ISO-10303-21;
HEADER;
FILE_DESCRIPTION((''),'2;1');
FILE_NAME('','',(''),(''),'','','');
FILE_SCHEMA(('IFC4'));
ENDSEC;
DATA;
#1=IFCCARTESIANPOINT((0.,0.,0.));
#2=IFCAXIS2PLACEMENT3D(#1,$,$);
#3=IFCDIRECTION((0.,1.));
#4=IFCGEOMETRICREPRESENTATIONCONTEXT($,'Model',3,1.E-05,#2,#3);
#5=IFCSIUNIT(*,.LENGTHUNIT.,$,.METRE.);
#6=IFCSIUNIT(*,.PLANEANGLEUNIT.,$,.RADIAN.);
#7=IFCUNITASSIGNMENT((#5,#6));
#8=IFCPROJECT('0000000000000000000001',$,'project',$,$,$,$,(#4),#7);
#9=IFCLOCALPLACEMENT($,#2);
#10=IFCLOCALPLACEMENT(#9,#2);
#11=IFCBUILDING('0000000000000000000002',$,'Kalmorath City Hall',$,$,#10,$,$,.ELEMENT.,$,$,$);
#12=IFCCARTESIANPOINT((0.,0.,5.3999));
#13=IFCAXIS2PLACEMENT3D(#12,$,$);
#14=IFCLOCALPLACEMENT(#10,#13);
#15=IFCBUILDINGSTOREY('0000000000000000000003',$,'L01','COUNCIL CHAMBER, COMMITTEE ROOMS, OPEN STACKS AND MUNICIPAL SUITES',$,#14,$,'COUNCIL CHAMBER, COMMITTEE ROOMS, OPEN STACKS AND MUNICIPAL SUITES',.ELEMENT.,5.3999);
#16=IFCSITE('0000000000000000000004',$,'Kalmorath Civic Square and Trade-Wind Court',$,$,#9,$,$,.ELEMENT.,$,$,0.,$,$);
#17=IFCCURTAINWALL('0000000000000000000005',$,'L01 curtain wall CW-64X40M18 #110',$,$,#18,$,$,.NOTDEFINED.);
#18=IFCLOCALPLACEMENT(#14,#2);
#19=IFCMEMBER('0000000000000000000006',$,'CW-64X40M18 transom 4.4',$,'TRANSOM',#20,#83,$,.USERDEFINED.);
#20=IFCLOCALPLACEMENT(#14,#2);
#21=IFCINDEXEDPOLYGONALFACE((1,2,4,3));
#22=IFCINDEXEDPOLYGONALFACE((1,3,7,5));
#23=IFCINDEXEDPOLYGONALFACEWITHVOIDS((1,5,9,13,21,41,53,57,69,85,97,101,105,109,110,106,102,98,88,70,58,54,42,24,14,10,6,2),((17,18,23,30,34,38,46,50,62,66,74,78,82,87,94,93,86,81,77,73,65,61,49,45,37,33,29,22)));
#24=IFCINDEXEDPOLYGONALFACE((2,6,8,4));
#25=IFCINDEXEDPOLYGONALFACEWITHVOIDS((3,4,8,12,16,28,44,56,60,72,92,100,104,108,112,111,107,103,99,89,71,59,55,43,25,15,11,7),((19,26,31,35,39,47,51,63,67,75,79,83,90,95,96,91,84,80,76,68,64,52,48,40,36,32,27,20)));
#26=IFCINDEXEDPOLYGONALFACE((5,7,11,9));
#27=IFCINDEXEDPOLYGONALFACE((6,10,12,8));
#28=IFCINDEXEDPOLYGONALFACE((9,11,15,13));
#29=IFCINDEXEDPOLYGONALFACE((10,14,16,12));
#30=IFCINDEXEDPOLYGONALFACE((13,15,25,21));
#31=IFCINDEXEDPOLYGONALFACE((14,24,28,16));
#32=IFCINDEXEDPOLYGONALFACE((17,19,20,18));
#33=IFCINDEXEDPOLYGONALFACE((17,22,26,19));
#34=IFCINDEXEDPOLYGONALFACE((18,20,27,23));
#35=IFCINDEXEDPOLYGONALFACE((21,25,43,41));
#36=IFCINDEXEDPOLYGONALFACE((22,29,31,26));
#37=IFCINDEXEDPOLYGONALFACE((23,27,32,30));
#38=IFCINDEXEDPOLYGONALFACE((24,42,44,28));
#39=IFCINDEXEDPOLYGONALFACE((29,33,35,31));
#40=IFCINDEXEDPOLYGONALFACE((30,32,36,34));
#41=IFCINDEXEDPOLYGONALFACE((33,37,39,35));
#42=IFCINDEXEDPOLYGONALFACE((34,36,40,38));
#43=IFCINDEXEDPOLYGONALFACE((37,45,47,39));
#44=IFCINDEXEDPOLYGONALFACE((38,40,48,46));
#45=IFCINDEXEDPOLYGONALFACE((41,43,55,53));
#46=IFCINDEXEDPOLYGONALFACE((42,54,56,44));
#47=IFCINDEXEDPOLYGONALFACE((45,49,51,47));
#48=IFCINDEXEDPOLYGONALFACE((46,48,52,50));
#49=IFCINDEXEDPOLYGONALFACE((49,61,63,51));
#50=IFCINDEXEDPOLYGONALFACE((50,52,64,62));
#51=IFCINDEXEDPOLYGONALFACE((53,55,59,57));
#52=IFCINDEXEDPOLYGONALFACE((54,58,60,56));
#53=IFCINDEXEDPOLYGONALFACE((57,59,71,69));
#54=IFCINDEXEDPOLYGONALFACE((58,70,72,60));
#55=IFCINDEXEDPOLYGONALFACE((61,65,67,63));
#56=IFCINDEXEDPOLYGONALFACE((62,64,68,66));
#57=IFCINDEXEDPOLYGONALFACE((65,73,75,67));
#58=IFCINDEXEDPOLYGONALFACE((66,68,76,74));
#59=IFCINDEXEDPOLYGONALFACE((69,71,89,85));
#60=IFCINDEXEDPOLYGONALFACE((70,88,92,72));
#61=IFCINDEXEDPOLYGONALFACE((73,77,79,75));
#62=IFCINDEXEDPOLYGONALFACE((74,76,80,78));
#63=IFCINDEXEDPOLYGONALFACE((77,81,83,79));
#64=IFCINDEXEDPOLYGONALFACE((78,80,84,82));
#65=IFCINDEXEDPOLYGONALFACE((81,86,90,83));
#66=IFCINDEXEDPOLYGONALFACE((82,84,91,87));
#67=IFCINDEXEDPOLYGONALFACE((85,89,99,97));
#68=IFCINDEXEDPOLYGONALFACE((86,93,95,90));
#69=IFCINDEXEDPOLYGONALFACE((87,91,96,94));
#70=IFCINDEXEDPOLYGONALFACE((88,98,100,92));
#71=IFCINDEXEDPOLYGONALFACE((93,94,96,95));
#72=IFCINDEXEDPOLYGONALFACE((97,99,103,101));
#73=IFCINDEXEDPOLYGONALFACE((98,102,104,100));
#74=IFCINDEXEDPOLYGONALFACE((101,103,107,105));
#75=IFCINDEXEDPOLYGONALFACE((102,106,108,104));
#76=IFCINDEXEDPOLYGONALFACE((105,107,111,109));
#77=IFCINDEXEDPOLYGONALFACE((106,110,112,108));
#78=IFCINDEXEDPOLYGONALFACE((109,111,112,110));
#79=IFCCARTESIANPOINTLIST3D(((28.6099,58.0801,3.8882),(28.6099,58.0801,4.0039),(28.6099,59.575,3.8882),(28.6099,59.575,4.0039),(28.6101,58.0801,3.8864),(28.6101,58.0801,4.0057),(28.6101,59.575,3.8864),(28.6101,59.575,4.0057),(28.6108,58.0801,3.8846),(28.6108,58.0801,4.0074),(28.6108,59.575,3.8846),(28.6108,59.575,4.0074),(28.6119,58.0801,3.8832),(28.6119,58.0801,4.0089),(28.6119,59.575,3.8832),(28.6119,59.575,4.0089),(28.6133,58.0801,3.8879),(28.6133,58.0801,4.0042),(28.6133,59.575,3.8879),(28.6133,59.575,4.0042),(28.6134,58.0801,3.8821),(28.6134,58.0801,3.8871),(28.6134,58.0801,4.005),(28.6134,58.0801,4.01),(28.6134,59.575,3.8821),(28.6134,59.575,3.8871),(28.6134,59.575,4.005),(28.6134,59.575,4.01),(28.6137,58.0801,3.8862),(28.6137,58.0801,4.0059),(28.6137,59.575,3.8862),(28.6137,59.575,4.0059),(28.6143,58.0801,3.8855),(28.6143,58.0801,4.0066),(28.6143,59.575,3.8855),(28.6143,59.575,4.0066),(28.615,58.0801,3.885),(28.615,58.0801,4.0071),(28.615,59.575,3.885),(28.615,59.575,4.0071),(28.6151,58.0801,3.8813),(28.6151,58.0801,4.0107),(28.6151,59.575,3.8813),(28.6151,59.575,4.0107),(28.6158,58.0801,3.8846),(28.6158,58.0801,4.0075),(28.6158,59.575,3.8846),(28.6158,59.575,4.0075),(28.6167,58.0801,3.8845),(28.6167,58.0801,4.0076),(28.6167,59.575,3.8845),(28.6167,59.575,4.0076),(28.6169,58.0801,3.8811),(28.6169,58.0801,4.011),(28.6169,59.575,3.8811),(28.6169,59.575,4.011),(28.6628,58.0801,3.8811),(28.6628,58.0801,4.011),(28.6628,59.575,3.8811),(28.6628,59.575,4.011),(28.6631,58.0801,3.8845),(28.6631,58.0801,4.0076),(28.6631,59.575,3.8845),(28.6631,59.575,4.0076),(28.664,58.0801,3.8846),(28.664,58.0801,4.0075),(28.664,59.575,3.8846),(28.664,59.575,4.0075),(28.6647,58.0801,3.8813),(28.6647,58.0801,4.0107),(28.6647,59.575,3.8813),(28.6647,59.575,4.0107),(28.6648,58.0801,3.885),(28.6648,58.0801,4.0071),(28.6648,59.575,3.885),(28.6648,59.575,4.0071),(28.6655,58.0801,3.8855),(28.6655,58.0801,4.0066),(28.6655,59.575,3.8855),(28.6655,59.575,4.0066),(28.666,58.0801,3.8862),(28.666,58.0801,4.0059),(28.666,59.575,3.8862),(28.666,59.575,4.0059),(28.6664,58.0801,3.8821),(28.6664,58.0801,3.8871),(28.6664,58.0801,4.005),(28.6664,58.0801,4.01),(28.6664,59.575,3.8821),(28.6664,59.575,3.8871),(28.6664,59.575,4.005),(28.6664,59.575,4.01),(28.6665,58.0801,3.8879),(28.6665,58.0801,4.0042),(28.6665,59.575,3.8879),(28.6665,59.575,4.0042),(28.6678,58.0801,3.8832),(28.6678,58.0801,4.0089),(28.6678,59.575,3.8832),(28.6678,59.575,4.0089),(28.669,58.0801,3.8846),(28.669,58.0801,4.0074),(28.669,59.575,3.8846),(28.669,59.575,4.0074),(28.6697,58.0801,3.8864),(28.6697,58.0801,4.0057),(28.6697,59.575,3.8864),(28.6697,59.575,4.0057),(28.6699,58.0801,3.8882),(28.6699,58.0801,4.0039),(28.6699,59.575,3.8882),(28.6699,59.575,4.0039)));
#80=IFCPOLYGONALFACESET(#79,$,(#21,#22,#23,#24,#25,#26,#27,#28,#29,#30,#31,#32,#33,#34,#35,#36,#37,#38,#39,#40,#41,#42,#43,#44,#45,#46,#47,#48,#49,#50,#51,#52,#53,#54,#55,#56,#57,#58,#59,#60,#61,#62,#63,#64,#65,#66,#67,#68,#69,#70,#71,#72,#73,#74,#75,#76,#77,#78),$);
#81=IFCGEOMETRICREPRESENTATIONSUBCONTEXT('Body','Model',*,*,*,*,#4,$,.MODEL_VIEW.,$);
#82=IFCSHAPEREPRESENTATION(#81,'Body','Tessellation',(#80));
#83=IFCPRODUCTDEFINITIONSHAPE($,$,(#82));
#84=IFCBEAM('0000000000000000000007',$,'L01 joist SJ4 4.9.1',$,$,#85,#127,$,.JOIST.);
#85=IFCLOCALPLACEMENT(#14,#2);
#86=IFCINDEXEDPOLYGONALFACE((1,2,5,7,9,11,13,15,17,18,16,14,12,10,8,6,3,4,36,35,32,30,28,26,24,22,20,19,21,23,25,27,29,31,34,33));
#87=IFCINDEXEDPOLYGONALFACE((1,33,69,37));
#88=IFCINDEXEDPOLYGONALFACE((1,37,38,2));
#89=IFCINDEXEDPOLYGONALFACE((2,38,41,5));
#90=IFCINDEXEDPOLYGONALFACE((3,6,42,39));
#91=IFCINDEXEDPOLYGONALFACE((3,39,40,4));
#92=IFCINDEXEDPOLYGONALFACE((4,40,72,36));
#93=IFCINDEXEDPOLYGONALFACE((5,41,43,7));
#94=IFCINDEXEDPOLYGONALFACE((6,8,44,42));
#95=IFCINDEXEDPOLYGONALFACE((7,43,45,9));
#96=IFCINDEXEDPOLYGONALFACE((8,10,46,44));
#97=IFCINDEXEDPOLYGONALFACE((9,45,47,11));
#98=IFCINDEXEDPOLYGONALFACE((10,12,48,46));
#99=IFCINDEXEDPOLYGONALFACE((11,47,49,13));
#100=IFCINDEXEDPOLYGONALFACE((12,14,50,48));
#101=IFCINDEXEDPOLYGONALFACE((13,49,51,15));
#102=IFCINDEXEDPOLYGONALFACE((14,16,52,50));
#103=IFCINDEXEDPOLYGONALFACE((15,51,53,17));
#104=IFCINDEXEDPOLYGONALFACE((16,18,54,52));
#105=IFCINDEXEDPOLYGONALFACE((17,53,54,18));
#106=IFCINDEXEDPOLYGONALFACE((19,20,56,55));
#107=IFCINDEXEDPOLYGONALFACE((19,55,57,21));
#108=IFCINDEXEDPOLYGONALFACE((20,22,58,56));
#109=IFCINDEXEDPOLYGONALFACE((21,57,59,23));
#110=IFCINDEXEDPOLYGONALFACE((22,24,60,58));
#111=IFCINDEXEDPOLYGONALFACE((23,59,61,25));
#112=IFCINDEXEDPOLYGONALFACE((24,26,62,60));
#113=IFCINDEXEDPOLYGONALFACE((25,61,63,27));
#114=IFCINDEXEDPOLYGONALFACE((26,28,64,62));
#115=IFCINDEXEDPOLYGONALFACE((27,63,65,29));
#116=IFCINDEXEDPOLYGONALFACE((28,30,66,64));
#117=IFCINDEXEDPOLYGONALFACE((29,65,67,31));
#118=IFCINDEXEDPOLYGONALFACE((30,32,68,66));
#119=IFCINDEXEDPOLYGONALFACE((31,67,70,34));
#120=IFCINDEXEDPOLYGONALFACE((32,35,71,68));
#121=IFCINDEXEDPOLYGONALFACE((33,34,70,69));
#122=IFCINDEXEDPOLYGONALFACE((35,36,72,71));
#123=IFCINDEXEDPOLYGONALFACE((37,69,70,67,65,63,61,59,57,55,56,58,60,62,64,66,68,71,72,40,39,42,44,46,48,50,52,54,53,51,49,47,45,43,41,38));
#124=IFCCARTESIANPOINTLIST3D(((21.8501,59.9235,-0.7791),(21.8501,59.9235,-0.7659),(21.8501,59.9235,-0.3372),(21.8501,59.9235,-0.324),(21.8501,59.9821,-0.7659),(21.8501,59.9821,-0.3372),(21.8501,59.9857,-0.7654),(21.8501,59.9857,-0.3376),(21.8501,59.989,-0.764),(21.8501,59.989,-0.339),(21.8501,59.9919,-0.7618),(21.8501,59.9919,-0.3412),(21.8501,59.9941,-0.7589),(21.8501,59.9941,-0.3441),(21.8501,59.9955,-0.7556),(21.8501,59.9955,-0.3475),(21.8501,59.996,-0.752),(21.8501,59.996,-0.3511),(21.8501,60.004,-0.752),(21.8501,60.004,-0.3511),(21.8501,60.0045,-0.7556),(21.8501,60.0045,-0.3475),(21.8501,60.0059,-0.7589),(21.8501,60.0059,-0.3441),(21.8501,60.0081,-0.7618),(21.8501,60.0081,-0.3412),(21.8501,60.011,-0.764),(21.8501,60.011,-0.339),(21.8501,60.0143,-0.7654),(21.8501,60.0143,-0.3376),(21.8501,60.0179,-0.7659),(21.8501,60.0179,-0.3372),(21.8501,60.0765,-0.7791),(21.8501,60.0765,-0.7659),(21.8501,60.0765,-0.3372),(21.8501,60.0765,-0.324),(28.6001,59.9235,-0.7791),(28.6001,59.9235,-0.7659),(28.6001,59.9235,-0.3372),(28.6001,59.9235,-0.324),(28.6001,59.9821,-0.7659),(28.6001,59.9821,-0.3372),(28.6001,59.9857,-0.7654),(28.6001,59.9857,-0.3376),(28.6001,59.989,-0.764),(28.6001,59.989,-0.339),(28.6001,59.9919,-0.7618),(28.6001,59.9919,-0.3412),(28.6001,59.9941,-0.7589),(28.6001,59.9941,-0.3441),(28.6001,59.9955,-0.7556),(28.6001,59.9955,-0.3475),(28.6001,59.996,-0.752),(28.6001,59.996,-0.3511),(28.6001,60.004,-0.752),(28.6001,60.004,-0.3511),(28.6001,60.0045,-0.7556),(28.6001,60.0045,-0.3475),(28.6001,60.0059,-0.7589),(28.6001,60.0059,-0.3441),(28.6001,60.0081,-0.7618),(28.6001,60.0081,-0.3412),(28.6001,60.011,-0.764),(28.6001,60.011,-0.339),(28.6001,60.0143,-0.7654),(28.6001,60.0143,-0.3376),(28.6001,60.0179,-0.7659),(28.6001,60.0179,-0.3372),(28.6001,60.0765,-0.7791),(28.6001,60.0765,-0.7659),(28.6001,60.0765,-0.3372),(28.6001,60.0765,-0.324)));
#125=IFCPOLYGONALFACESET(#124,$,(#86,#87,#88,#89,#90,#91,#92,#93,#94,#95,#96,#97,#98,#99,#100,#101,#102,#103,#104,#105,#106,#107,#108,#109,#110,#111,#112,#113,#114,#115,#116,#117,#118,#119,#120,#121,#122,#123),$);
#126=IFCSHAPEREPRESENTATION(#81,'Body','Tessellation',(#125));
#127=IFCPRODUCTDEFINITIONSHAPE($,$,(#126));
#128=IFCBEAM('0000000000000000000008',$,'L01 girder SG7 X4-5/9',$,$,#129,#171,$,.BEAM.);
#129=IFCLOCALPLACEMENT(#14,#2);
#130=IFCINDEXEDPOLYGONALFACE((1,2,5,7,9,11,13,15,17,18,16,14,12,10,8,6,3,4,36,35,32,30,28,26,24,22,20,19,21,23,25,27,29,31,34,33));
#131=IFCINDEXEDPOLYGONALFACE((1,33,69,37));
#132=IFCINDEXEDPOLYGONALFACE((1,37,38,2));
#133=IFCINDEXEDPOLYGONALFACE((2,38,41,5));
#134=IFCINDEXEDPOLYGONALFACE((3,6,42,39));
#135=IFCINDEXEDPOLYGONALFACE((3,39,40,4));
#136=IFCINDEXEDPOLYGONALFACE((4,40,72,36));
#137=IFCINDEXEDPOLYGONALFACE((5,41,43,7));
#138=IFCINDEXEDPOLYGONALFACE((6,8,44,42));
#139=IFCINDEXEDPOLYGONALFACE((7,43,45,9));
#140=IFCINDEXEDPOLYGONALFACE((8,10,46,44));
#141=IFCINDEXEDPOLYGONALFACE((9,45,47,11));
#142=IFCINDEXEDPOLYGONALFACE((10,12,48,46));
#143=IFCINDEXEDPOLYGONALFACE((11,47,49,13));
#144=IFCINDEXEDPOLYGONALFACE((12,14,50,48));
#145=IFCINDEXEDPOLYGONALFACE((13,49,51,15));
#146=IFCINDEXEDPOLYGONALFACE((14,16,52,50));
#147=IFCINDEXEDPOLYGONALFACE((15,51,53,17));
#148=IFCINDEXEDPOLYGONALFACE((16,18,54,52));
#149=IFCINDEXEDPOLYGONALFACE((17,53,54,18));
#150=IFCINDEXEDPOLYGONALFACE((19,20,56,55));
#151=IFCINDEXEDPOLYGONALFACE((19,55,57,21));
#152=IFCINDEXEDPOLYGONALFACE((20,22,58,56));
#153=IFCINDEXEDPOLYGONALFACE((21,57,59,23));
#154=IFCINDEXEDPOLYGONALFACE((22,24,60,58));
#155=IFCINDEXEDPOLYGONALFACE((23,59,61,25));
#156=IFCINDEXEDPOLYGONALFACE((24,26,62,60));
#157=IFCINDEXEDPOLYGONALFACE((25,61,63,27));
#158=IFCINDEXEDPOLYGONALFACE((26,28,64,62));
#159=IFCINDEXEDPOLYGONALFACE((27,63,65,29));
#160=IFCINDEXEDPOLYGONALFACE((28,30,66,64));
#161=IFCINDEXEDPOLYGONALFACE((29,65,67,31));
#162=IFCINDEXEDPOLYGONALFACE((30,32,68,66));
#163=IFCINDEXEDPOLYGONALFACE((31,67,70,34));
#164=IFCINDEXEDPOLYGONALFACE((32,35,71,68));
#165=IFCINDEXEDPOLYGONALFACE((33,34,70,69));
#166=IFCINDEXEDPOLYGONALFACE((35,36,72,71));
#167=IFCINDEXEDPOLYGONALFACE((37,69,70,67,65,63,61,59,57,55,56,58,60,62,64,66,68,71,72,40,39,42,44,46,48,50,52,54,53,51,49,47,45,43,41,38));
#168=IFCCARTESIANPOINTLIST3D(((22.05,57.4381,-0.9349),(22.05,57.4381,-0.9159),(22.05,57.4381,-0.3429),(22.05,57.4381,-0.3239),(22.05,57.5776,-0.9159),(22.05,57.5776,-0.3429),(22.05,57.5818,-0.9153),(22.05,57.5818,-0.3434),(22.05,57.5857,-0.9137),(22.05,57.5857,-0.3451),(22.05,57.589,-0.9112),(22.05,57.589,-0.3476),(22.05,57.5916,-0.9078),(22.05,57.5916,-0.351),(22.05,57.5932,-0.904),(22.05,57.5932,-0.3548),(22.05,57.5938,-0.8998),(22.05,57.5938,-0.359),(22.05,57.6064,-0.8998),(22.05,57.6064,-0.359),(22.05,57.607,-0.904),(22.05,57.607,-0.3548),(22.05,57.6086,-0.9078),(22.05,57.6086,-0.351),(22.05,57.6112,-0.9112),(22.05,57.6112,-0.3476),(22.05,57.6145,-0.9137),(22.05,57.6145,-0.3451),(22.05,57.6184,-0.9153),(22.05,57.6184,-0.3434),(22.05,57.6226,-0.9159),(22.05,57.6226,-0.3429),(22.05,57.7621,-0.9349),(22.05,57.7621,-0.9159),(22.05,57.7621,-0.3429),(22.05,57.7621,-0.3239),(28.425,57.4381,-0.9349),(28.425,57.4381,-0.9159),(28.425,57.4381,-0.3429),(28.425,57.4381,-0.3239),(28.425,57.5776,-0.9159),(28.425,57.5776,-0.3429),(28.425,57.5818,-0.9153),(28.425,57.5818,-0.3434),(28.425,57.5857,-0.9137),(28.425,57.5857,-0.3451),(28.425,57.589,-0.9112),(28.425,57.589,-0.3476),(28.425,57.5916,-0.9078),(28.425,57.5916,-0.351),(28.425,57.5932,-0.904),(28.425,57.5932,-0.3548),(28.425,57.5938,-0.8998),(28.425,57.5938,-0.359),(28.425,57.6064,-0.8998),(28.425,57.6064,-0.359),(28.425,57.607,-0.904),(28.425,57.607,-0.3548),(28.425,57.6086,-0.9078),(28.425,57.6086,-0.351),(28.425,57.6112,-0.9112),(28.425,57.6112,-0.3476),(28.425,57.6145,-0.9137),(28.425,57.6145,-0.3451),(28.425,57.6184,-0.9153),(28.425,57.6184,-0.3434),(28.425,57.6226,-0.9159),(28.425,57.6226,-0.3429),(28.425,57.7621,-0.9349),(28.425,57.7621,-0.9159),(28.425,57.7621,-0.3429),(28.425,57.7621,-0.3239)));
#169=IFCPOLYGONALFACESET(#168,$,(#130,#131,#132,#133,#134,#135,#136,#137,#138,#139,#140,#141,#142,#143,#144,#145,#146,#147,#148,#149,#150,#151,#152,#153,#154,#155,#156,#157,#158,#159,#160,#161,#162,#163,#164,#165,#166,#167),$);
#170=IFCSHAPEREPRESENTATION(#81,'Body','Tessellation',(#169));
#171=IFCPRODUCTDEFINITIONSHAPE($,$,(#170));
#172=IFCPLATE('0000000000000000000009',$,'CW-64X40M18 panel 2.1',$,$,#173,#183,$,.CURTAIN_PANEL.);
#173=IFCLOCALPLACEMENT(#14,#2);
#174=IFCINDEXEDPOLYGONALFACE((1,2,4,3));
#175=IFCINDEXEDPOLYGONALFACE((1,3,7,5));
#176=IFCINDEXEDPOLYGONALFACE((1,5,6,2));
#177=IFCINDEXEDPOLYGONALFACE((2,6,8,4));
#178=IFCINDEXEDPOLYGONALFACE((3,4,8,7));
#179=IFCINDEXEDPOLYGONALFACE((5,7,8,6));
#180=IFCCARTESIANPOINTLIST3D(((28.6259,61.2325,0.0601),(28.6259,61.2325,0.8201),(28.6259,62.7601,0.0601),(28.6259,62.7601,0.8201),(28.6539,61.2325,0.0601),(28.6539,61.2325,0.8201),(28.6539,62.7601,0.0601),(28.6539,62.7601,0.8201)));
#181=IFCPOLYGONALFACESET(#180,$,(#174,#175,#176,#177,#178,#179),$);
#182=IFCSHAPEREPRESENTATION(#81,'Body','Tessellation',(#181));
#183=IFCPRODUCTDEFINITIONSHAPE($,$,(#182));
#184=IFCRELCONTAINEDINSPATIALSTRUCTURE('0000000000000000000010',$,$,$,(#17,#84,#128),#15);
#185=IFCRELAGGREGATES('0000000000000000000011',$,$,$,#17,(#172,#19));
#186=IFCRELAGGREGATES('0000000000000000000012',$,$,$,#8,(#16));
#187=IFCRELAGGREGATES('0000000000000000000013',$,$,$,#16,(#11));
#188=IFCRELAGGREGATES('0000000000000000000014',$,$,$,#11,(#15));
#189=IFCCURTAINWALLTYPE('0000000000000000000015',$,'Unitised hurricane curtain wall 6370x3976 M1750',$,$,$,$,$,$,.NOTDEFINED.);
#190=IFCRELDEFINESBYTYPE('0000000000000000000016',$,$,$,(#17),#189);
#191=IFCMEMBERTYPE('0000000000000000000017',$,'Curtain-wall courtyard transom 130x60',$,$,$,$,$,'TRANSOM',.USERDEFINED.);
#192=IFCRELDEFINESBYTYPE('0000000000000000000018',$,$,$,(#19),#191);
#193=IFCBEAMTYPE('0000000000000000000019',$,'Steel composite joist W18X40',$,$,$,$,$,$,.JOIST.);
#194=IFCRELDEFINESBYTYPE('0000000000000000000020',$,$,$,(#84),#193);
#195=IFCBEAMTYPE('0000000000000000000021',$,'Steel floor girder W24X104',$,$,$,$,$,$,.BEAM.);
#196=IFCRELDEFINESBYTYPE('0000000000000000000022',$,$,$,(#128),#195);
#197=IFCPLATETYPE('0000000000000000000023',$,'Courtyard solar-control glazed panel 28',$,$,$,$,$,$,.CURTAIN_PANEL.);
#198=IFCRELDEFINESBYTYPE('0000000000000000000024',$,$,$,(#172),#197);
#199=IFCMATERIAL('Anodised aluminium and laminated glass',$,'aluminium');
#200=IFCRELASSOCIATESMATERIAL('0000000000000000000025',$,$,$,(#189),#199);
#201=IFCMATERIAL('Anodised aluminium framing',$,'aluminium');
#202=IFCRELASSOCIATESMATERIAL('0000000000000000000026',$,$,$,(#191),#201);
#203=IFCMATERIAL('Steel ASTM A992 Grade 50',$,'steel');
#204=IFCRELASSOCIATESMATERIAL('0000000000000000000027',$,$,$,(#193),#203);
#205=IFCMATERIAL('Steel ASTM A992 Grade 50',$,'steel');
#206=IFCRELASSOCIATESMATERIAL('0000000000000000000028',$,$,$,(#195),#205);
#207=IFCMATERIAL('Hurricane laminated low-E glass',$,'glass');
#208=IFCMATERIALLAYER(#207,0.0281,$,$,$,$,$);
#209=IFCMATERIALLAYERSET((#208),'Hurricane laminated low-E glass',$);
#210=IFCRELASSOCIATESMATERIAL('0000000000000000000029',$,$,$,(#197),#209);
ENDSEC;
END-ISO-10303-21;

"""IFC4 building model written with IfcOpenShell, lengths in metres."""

from ifc_helpers import new_model, si_unit, direction, frame, origin, origin_2d, place, context, subcontext, project, spatial, rectangle, hollow_rectangle, i_section, extrude, material, layer, layer_set, material_profile, profile_set, type_object, element, aggregate, save


model = new_model("IFC4")

# Units and contexts
model_context = context("Model", 3, precision=1e-05, world=origin(), true_north=direction((0.0, 1.0)))
body_context = subcontext(model_context, "Body", "Model", "MODEL_VIEW")
ifc_project = project(units=[si_unit("LENGTHUNIT", "METRE"), si_unit("PLANEANGLEUNIT", "RADIAN")], contexts=[model_context])

# Site, building, storey
site_placement = place(None, origin())
site = spatial("IfcSite", under=ifc_project, at=site_placement, Name="Kalmorath Civic Square and Trade-Wind Court", CompositionType="ELEMENT", RefElevation=0.0)
building_placement = place(site_placement, origin())
building = spatial("IfcBuilding", under=site, at=building_placement, Name="Kalmorath City Hall", CompositionType="ELEMENT")
storey_placement = place(building_placement, frame((0.0, 0.0, 5.3999)))
storey = spatial("IfcBuildingStorey", under=building, at=storey_placement, Name="L01", Description="COUNCIL CHAMBER, COMMITTEE ROOMS, OPEN STACKS AND MUNICIPAL SUITES", LongName="COUNCIL CHAMBER, COMMITTEE ROOMS, OPEN STACKS AND MUNICIPAL SUITES", CompositionType="ELEMENT", Elevation=5.3999)

# Curtain wall, member
ifc_material_1 = material(Name="Anodised aluminium and laminated glass", Category="aluminium")
curtain_wall_type = type_object("IfcCurtainWallType", Name="Unitised hurricane curtain wall 6370x3976 M1750", PredefinedType="NOTDEFINED", material=ifc_material_1)
curtain_wall_placement = place(storey_placement, origin())
curtain_wall = element("IfcCurtainWall", 1, at=curtain_wall_placement, inside=storey, type_object=curtain_wall_type, Name="L01 curtain wall CW-64X40M18 #110", PredefinedType="NOTDEFINED")
ifc_material_2 = material(Name="Anodised aluminium framing", Category="aluminium")
ifc_material_profile_1 = material_profile(ifc_material_2, hollow_rectangle(XDim=0.0601, YDim=0.1299, WallThickness=0.0034, InnerFilletRadius=0.0034, OuterFilletRadius=0.0071, at=origin_2d()), Name="ALU-TRN-130X60X3.5")
ifc_profile_set_1 = profile_set([ifc_material_profile_1], Name="Anodised aluminium framing")
member_type_1 = type_object("IfcMemberType", Name="Curtain-wall courtyard transom 130x60", ElementType="TRANSOM", PredefinedType="USERDEFINED", material=ifc_profile_set_1)
member_1_placement = place(storey_placement, frame((28.6399, 59.575, 3.946), z_axis=(0.0, -1.0, 0.0), x_axis=(1.0, 0.0, 0.0)))
member_1 = element("IfcMember", 2, at=member_1_placement, type_object=member_type_1, Name="CW-64X40M18 transom 4.4", ObjectType="TRANSOM", PredefinedType="USERDEFINED", context=body_context, shape_type="SweptSolid", body=[
    extrude(hollow_rectangle(XDim=0.0601, YDim=0.1299, WallThickness=0.0034, InnerFilletRadius=0.0034, OuterFilletRadius=0.0071, at=origin_2d()), origin(), (0.0, 0.0, 1.0), 1.4949),
])

# Beams
ifc_material_3 = material(Name="Steel ASTM A992 Grade 50", Category="steel")
ifc_material_profile_2 = material_profile(ifc_material_3, i_section(OverallWidth=0.1531, OverallDepth=0.4551, WebThickness=0.0081, FlangeThickness=0.0132, FilletRadius=0.0139, at=origin_2d()), Name="W18X40")
ifc_profile_set_2 = profile_set([ifc_material_profile_2], Name="Steel ASTM A992 Grade 50")
beam_type_1 = type_object("IfcBeamType", Name="Steel composite joist W18X40", PredefinedType="JOIST", material=ifc_profile_set_2)
beam_1_placement = place(storey_placement, frame((21.8501, 60.0, -0.5515), z_axis=(1.0, 0.0, 0.0), x_axis=(0.0, 1.0, 0.0)))
element("IfcBeam", 3, at=beam_1_placement, inside=storey, type_object=beam_type_1, Name="L01 joist SJ4 4.9.1", PredefinedType="JOIST", context=body_context, shape_type="SweptSolid", body=[
    extrude(i_section(OverallWidth=0.1531, OverallDepth=0.4551, WebThickness=0.0081, FlangeThickness=0.0132, FilletRadius=0.0139, at=origin_2d()), origin(), (0.0, 0.0, 1.0), 6.75),
])
ifc_material_4 = material(Name="Steel ASTM A992 Grade 50", Category="steel")
ifc_material_profile_3 = material_profile(ifc_material_4, i_section(OverallWidth=0.324, OverallDepth=0.6111, WebThickness=0.0127, FlangeThickness=0.019, FilletRadius=0.0161, at=origin_2d()), Name="W24X104")
ifc_profile_set_3 = profile_set([ifc_material_profile_3], Name="Steel ASTM A992 Grade 50")
beam_type_2 = type_object("IfcBeamType", Name="Steel floor girder W24X104", PredefinedType="BEAM", material=ifc_profile_set_3)
beam_2_placement = place(storey_placement, frame((22.05, 57.6001, -0.6294), z_axis=(1.0, 0.0, 0.0), x_axis=(0.0, 1.0, 0.0)))
element("IfcBeam", 4, at=beam_2_placement, inside=storey, type_object=beam_type_2, Name="L01 girder SG7 X4-5/9", PredefinedType="BEAM", context=body_context, shape_type="SweptSolid", body=[
    extrude(i_section(OverallWidth=0.324, OverallDepth=0.6111, WebThickness=0.0127, FlangeThickness=0.019, FilletRadius=0.0161, at=origin_2d()), origin(), (0.0, 0.0, 1.0), 6.375),
])

# Plate
ifc_material_5 = material(Name="Hurricane laminated low-E glass", Category="glass")
ifc_layer_1 = layer(ifc_material_5, 0.0281)
ifc_layer_set_1 = layer_set([ifc_layer_1], Name="Hurricane laminated low-E glass")
plate_type = type_object("IfcPlateType", Name="Courtyard solar-control glazed panel 28", PredefinedType="CURTAIN_PANEL", material=ifc_layer_set_1)
plate_1_placement = place(storey_placement, frame((28.6399, 61.9963, 0.0601), z_axis=(0.0, 0.0, 1.0), x_axis=(0.0, -1.0, 0.0)))
plate_1 = element("IfcPlate", 5, at=plate_1_placement, type_object=plate_type, Name="CW-64X40M18 panel 2.1", PredefinedType="CURTAIN_PANEL", context=body_context, shape_type="SweptSolid", body=[
    extrude(rectangle(XDim=1.5276, YDim=0.0281, at=origin_2d()), origin(), (0.0, 0.0, 1.0), 0.76),
])
aggregate(curtain_wall, [plate_1, member_1])

save(model, "model.ifc")
